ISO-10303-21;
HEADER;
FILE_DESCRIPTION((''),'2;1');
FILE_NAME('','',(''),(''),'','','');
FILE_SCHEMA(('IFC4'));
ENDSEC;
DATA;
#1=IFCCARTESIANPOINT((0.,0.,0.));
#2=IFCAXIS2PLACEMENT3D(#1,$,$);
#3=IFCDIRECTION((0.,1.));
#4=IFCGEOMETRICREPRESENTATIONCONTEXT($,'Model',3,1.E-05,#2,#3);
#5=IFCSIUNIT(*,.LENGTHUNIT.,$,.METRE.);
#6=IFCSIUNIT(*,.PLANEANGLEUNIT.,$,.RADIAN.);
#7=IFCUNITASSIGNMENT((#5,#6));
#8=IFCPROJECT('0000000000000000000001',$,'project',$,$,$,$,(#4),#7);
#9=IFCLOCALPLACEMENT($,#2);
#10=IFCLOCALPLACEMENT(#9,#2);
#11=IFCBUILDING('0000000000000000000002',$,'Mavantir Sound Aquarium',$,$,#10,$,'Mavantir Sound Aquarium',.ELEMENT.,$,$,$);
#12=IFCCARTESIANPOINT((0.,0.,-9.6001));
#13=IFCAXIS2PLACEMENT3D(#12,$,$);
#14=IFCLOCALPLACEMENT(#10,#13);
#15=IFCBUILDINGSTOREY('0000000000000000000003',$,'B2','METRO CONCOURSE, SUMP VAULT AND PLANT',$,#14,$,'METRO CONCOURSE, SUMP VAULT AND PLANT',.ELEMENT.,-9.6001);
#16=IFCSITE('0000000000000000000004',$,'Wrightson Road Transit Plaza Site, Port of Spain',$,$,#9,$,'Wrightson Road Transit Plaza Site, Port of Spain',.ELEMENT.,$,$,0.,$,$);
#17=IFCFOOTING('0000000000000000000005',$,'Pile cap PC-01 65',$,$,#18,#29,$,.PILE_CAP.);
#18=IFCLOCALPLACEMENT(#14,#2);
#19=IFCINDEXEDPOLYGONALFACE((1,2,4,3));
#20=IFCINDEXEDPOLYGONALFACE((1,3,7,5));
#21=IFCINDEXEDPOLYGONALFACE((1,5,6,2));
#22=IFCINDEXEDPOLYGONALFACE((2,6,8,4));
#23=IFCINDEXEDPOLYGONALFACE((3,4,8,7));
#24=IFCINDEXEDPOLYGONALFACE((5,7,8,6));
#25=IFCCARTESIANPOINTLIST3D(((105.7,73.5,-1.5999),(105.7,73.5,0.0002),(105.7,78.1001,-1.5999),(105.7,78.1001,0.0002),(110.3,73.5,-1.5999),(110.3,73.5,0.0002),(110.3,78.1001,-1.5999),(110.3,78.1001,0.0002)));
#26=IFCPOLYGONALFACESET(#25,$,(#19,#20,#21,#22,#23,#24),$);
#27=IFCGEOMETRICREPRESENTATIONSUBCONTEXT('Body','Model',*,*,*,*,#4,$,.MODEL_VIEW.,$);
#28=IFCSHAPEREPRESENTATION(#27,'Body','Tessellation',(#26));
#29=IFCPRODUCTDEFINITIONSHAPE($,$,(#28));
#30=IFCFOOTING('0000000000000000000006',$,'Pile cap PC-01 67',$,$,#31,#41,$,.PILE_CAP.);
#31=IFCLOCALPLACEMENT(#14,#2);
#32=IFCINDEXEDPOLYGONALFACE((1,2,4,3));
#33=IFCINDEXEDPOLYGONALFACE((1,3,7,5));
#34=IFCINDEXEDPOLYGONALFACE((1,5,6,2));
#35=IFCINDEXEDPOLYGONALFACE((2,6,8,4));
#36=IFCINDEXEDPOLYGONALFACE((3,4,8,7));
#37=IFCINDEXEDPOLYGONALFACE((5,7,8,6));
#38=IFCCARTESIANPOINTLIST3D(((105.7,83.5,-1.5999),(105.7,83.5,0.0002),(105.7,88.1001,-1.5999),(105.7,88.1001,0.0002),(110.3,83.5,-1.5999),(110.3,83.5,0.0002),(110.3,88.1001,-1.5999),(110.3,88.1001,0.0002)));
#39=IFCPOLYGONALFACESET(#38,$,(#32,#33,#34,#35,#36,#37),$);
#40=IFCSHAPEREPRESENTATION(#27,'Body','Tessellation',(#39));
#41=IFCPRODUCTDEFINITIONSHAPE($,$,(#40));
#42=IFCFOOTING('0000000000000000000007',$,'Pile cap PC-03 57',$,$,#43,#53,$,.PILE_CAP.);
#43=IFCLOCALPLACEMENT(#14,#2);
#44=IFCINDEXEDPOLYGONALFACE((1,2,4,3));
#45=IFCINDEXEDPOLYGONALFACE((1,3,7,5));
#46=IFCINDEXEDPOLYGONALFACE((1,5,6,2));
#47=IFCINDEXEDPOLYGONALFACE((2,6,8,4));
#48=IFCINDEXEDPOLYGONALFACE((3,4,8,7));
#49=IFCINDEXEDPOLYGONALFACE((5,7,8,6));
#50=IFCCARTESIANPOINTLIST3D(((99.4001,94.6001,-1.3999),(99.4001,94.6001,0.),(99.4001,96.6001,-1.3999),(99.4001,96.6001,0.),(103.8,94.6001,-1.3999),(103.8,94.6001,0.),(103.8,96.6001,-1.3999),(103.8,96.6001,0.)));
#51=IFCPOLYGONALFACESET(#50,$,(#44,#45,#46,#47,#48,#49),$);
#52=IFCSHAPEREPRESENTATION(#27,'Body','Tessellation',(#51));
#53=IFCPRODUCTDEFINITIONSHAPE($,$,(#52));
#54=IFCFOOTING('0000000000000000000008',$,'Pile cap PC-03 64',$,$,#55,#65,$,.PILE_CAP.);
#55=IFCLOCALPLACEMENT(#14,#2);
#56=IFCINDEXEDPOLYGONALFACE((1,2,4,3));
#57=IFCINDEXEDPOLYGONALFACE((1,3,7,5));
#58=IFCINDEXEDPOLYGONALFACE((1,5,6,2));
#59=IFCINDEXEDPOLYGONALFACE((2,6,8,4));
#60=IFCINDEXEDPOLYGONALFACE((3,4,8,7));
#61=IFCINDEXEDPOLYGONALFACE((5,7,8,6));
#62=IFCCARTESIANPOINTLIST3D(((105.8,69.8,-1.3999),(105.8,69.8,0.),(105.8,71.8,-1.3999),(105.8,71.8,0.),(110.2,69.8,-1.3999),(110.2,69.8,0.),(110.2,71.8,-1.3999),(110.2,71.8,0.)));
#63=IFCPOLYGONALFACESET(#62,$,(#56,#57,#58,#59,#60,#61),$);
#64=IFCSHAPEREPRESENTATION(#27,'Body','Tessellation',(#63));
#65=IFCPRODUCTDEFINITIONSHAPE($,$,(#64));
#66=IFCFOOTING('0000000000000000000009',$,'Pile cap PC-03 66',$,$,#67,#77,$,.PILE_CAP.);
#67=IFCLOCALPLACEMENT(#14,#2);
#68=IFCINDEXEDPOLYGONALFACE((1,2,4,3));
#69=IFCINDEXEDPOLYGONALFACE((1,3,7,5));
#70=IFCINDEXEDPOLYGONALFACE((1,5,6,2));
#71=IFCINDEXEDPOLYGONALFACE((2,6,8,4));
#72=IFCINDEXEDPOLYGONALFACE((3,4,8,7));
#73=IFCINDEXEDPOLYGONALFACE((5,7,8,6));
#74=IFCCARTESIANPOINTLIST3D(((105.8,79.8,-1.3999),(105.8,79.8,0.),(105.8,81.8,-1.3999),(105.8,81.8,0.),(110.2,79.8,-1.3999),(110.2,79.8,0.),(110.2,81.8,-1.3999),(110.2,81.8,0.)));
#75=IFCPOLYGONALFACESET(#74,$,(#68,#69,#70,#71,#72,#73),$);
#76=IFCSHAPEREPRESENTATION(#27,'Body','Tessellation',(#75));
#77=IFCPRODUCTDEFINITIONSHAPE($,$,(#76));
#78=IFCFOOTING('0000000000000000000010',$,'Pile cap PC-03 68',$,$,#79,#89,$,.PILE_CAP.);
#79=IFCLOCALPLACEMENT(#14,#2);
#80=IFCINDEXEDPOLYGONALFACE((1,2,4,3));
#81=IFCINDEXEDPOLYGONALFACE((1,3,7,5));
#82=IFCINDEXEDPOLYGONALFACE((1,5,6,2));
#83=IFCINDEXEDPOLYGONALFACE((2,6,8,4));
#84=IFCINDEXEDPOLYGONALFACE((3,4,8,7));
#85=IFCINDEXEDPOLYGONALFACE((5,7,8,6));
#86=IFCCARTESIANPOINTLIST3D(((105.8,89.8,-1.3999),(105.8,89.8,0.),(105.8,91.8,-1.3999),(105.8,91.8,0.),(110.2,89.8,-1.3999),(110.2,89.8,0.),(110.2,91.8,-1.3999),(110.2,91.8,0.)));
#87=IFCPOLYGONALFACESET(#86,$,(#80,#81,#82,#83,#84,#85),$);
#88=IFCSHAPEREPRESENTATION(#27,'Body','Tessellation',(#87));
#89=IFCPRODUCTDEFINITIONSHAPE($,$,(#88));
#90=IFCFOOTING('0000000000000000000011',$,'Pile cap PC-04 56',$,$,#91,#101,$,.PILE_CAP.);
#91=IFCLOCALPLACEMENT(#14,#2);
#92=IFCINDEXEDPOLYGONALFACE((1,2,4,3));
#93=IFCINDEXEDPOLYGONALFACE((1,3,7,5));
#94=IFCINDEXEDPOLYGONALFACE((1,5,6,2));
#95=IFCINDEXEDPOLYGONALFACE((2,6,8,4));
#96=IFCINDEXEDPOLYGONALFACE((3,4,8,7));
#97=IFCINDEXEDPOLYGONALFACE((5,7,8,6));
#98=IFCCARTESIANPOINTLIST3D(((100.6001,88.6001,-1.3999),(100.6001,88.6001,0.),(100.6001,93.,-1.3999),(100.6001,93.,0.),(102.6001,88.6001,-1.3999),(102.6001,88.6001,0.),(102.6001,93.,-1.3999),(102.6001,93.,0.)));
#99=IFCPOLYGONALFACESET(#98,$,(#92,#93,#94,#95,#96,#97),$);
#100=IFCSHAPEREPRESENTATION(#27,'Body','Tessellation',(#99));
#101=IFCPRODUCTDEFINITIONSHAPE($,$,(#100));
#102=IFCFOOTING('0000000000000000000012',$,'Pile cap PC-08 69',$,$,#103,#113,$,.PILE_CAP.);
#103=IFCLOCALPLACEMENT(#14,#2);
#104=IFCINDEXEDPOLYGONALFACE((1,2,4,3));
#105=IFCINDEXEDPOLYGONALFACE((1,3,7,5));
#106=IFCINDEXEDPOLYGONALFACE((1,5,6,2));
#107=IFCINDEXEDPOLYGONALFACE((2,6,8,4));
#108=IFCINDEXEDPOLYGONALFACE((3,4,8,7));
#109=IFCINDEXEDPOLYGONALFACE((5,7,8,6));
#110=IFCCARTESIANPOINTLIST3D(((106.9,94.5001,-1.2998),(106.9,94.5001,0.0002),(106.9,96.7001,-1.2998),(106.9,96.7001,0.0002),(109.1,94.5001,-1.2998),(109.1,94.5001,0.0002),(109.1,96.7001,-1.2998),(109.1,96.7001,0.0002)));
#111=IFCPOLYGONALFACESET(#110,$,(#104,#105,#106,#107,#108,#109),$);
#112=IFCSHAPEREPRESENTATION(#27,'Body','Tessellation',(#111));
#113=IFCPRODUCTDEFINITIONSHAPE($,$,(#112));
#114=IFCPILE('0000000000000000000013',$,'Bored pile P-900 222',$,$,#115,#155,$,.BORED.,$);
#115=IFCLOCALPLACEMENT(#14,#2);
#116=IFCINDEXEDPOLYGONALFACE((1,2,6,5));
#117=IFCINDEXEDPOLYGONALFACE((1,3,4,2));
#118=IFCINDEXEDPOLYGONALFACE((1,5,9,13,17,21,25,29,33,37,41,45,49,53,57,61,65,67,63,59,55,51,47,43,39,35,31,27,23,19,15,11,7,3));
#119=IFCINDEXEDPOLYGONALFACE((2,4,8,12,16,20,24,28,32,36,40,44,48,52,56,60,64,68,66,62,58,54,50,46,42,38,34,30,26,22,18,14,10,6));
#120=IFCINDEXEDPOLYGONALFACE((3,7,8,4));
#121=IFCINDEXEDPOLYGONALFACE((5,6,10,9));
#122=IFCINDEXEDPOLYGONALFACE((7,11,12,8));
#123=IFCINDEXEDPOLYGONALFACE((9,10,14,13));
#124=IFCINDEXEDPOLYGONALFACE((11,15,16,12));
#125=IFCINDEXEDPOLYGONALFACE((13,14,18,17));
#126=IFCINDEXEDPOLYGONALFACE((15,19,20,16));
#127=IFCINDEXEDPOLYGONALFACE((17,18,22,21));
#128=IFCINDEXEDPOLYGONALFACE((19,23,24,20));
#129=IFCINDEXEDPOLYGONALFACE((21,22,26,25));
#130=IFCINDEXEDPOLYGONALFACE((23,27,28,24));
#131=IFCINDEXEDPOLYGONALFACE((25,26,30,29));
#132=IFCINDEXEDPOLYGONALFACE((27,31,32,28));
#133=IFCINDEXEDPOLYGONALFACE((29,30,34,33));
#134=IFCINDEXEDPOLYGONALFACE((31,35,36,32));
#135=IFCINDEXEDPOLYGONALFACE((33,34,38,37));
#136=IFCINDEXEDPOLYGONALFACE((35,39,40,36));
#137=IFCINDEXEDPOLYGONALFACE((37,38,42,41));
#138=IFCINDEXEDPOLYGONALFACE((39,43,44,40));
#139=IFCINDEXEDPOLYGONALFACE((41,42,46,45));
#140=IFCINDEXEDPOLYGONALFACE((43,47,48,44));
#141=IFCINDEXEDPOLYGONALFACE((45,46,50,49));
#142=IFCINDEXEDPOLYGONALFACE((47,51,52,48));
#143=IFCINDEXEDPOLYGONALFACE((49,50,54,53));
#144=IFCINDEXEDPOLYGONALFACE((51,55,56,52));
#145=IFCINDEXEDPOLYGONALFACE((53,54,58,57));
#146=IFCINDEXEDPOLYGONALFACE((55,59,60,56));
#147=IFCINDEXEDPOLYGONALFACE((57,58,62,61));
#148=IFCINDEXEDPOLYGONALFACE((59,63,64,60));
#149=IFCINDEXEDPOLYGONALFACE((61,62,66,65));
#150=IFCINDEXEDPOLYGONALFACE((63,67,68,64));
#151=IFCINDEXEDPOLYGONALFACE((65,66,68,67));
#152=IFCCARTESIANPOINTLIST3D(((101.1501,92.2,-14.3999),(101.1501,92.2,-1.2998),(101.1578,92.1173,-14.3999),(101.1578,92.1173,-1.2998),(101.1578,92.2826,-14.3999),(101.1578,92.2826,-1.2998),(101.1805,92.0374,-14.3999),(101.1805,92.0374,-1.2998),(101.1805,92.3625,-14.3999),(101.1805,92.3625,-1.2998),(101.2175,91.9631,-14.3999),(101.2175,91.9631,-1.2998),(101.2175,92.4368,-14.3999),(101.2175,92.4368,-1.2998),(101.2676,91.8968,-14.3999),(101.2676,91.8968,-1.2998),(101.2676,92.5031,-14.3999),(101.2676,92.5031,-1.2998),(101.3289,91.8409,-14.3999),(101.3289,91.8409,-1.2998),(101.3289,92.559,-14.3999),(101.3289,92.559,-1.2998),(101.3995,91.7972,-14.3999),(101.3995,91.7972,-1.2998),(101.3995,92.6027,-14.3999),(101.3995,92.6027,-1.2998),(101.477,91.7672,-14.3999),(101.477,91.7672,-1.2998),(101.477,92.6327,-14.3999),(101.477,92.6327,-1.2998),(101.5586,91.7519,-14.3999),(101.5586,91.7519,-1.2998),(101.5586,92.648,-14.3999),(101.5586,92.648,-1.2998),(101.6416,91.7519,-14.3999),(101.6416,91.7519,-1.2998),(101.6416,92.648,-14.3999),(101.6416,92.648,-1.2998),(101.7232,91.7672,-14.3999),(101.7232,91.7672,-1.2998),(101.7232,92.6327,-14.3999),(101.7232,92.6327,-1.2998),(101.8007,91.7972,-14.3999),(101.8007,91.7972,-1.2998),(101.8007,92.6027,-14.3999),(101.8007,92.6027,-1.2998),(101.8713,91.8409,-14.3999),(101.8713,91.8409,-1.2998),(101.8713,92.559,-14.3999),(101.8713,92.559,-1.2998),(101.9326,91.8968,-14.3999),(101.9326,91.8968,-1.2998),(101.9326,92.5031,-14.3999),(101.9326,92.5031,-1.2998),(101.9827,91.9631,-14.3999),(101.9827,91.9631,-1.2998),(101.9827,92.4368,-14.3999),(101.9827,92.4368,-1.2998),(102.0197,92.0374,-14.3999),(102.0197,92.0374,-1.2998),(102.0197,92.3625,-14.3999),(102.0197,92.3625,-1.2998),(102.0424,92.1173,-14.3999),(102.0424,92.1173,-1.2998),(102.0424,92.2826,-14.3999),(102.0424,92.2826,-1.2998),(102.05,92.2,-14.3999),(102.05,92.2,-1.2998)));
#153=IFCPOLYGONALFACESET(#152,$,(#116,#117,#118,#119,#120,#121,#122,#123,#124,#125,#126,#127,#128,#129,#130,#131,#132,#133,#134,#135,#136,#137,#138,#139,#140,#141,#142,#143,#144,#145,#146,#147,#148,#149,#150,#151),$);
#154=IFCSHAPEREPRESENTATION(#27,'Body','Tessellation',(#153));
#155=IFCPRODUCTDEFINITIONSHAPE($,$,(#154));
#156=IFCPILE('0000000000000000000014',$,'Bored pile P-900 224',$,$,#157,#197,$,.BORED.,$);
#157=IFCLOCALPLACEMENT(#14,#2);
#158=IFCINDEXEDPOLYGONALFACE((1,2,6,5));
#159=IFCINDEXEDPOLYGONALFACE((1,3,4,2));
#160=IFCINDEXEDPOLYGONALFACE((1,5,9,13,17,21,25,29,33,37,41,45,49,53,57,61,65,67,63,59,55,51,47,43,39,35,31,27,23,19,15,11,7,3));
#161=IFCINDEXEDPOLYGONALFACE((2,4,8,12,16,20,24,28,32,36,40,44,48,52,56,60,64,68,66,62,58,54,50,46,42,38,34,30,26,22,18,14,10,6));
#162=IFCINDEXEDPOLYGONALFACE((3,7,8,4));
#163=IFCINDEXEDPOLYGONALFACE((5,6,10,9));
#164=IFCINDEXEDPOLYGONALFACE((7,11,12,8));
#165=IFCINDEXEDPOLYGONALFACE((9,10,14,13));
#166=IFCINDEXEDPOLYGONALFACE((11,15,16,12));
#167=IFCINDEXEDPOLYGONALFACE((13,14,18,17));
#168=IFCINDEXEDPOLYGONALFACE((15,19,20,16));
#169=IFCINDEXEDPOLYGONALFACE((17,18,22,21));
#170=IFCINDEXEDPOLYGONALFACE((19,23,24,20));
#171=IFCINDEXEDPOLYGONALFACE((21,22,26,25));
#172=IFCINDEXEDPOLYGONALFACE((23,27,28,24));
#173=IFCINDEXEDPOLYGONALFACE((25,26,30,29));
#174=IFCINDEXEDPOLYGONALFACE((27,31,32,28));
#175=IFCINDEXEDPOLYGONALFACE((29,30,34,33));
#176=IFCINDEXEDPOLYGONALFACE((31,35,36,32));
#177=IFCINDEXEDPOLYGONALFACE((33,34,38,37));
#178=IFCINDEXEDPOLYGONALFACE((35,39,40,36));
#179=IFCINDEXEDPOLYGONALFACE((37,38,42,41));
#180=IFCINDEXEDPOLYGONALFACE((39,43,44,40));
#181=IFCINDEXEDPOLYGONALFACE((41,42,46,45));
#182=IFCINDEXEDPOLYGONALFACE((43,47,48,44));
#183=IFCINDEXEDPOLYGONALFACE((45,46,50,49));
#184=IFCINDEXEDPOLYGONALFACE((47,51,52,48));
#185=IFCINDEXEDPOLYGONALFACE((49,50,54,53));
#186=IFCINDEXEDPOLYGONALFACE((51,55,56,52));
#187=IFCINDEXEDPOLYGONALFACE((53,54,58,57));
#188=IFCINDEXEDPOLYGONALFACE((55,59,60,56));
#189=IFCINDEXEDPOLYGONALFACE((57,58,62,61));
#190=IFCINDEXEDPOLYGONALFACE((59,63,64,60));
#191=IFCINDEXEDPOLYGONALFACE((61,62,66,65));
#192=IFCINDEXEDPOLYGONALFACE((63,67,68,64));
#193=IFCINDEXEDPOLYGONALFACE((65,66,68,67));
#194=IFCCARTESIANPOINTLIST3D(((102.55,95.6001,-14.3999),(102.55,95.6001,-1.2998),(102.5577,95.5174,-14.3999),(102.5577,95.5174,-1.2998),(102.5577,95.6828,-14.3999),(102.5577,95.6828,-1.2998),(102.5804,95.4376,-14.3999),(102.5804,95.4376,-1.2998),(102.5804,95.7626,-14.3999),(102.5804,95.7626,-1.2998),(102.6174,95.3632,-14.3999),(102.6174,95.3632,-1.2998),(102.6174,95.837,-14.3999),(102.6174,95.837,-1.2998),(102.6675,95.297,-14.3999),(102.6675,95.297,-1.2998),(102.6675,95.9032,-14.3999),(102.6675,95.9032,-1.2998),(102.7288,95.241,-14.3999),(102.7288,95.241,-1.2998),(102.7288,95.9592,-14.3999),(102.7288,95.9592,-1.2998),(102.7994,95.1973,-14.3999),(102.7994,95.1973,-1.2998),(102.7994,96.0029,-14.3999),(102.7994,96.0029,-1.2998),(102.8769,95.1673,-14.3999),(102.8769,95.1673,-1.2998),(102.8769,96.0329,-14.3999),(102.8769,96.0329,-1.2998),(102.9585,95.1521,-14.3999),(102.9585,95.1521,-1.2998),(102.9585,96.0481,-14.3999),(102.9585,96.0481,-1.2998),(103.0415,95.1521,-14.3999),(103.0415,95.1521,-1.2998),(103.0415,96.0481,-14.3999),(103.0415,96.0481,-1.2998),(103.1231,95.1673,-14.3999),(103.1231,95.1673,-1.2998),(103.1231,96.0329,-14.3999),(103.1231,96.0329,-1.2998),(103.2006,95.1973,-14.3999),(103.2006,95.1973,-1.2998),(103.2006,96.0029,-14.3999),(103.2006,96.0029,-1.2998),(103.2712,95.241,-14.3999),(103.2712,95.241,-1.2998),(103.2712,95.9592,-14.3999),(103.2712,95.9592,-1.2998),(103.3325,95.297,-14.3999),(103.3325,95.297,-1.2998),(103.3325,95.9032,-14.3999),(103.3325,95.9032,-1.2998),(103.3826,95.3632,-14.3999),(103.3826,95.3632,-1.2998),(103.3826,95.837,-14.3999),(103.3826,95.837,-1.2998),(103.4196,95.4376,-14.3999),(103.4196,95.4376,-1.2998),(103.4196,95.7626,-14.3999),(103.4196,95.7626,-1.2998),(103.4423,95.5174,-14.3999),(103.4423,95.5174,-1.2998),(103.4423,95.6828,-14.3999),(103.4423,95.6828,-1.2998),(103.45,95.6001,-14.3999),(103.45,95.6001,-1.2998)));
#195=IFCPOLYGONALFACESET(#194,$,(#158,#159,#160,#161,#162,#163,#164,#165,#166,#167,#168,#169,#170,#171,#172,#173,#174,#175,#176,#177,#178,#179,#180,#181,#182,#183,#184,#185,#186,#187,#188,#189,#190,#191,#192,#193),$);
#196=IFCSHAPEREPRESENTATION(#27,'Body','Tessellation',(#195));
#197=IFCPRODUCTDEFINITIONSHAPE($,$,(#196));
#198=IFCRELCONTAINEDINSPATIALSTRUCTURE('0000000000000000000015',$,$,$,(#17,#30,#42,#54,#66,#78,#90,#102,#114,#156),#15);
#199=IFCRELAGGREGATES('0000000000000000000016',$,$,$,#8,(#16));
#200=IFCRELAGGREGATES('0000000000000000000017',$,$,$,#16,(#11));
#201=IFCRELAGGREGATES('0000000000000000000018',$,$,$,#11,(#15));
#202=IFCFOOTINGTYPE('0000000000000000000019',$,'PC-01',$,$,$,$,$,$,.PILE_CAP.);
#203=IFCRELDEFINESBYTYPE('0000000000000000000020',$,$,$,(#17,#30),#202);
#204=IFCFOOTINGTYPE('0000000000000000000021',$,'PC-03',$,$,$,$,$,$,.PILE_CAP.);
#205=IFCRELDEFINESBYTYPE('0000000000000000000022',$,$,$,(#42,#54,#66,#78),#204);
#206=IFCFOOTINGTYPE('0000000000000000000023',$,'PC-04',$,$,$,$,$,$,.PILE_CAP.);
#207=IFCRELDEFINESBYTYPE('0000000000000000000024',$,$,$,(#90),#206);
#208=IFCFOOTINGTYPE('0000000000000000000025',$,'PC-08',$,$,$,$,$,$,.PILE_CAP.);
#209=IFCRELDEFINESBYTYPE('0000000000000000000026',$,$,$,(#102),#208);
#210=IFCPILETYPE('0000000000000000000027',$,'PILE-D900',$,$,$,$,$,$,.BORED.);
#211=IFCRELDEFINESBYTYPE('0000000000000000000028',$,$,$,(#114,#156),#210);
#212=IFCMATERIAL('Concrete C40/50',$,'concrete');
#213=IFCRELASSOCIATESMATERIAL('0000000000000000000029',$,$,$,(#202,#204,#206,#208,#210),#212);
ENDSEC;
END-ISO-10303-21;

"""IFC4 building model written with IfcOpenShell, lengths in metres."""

from ifc_helpers import new_model, si_unit, direction, frame, origin, origin_2d, place, context, subcontext, project, spatial, rectangle, circle, extrude, material, material_profile, profile_set, type_object, element, save


model = new_model("IFC4")

# Units and contexts
model_context = context("Model", 3, precision=1e-05, world=origin(), true_north=direction((0.0, 1.0)))
body_context = subcontext(model_context, "Body", "Model", "MODEL_VIEW")
ifc_project = project(units=[si_unit("LENGTHUNIT", "METRE"), si_unit("PLANEANGLEUNIT", "RADIAN")], contexts=[model_context])

# Site, building, storey
site_placement = place(None, origin())
site = spatial("IfcSite", under=ifc_project, at=site_placement, Name="Wrightson Road Transit Plaza Site, Port of Spain", LongName="Wrightson Road Transit Plaza Site, Port of Spain", CompositionType="ELEMENT", RefElevation=0.0)
building_placement = place(site_placement, origin())
building = spatial("IfcBuilding", under=site, at=building_placement, Name="Mavantir Sound Aquarium", LongName="Mavantir Sound Aquarium", CompositionType="ELEMENT")
storey_placement = place(building_placement, frame((0.0, 0.0, -9.6001)))
storey = spatial("IfcBuildingStorey", under=building, at=storey_placement, Name="B2", Description="METRO CONCOURSE, SUMP VAULT AND PLANT", LongName="METRO CONCOURSE, SUMP VAULT AND PLANT", CompositionType="ELEMENT", Elevation=-9.6001)

# Footings
ifc_material_1 = material(Name="Concrete C40/50", Category="concrete")
footing_type_1 = type_object("IfcFootingType", Name="PC-01", PredefinedType="PILE_CAP", material=ifc_material_1)
for number, where, z_axis, x_axis, name in (
    (1, (108.0, 75.8, -1.5999), (0.0, 0.0, 1.0), (1.0, 0.0, 0.0), "Pile cap PC-01 65"),
    (2, (108.0, 85.8, -1.5999), (0.0, 0.0, 1.0), (1.0, 0.0, 0.0), "Pile cap PC-01 67"),
):
    element("IfcFooting", number, at=place(storey_placement, frame(where, z_axis=z_axis, x_axis=x_axis)), inside=storey, type_object=footing_type_1, Name=name, PredefinedType="PILE_CAP", context=body_context, shape_type="SweptSolid", body=[
        extrude(rectangle(XDim=4.6001, YDim=4.6001, at=origin_2d()), origin(), (0.0, 0.0, 1.0), 1.6001),
    ])
footing_type_2 = type_object("IfcFootingType", Name="PC-03", PredefinedType="PILE_CAP", material=ifc_material_1)
for number, where, z_axis, x_axis, name in (
    (3, (101.6001, 95.6001, -1.3999), (0.0, 0.0, 1.0), (1.0, 0.0, 0.0), "Pile cap PC-03 57"),
    (4, (108.0, 70.8, -1.3999), (0.0, 0.0, 1.0), (1.0, 0.0, 0.0), "Pile cap PC-03 64"),
    (5, (108.0, 80.8, -1.3999), (0.0, 0.0, 1.0), (1.0, 0.0, 0.0), "Pile cap PC-03 66"),
    (6, (108.0, 90.8, -1.3999), (0.0, 0.0, 1.0), (1.0, 0.0, 0.0), "Pile cap PC-03 68"),
):
    element("IfcFooting", number, at=place(storey_placement, frame(where, z_axis=z_axis, x_axis=x_axis)), inside=storey, type_object=footing_type_2, Name=name, PredefinedType="PILE_CAP", context=body_context, shape_type="SweptSolid", body=[
        extrude(rectangle(XDim=4.3999, YDim=2.0, at=origin_2d()), origin(), (0.0, 0.0, 1.0), 1.3999),
    ])
footing_type_3 = type_object("IfcFootingType", Name="PC-04", PredefinedType="PILE_CAP", material=ifc_material_1)
footing_1_placement = place(storey_placement, frame((101.6001, 90.8, -1.3999), z_axis=(0.0, 0.0, 1.0), x_axis=(1.0, 0.0, 0.0)))
element("IfcFooting", 7, at=footing_1_placement, inside=storey, type_object=footing_type_3, Name="Pile cap PC-04 56", PredefinedType="PILE_CAP", context=body_context, shape_type="SweptSolid", body=[
    extrude(rectangle(XDim=2.0, YDim=4.3999, at=origin_2d()), origin(), (0.0, 0.0, 1.0), 1.3999),
])
footing_type_4 = type_object("IfcFootingType", Name="PC-08", PredefinedType="PILE_CAP", material=ifc_material_1)
footing_2_placement = place(storey_placement, frame((108.0, 95.6001, -1.2998), z_axis=(0.0, 0.0, 1.0), x_axis=(1.0, 0.0, 0.0)))
element("IfcFooting", 8, at=footing_2_placement, inside=storey, type_object=footing_type_4, Name="Pile cap PC-08 69", PredefinedType="PILE_CAP", context=body_context, shape_type="SweptSolid", body=[
    extrude(rectangle(XDim=2.2, YDim=2.2, at=origin_2d()), origin(), (0.0, 0.0, 1.0), 1.3),
])

# Piles
ifc_material_profile_1 = material_profile(ifc_material_1, circle(Radius=0.45, at=origin_2d()), Name="PILE D900")
ifc_profile_set_1 = profile_set([ifc_material_profile_1], Name="Concrete C40/50")
pile_type = type_object("IfcPileType", Name="PILE-D900", PredefinedType="BORED", material=ifc_profile_set_1)
for number, where, z_axis, x_axis, name in (
    (9, (101.6001, 92.2, -1.2998), (0.0, 0.0, -1.0), (1.0, 0.0, 0.0), "Bored pile P-900 222"),
    (10, (103.0, 95.6001, -1.2998), (0.0, 0.0, -1.0), (1.0, 0.0, 0.0), "Bored pile P-900 224"),
):
    element("IfcPile", number, at=place(storey_placement, frame(where, z_axis=z_axis, x_axis=x_axis)), inside=storey, type_object=pile_type, Name=name, PredefinedType="BORED", context=body_context, shape_type="SweptSolid", body=[
        extrude(circle(Radius=0.45, at=origin_2d()), origin(), (0.0, 0.0, 1.0), 13.1001),
    ])

save(model, "model.ifc")
